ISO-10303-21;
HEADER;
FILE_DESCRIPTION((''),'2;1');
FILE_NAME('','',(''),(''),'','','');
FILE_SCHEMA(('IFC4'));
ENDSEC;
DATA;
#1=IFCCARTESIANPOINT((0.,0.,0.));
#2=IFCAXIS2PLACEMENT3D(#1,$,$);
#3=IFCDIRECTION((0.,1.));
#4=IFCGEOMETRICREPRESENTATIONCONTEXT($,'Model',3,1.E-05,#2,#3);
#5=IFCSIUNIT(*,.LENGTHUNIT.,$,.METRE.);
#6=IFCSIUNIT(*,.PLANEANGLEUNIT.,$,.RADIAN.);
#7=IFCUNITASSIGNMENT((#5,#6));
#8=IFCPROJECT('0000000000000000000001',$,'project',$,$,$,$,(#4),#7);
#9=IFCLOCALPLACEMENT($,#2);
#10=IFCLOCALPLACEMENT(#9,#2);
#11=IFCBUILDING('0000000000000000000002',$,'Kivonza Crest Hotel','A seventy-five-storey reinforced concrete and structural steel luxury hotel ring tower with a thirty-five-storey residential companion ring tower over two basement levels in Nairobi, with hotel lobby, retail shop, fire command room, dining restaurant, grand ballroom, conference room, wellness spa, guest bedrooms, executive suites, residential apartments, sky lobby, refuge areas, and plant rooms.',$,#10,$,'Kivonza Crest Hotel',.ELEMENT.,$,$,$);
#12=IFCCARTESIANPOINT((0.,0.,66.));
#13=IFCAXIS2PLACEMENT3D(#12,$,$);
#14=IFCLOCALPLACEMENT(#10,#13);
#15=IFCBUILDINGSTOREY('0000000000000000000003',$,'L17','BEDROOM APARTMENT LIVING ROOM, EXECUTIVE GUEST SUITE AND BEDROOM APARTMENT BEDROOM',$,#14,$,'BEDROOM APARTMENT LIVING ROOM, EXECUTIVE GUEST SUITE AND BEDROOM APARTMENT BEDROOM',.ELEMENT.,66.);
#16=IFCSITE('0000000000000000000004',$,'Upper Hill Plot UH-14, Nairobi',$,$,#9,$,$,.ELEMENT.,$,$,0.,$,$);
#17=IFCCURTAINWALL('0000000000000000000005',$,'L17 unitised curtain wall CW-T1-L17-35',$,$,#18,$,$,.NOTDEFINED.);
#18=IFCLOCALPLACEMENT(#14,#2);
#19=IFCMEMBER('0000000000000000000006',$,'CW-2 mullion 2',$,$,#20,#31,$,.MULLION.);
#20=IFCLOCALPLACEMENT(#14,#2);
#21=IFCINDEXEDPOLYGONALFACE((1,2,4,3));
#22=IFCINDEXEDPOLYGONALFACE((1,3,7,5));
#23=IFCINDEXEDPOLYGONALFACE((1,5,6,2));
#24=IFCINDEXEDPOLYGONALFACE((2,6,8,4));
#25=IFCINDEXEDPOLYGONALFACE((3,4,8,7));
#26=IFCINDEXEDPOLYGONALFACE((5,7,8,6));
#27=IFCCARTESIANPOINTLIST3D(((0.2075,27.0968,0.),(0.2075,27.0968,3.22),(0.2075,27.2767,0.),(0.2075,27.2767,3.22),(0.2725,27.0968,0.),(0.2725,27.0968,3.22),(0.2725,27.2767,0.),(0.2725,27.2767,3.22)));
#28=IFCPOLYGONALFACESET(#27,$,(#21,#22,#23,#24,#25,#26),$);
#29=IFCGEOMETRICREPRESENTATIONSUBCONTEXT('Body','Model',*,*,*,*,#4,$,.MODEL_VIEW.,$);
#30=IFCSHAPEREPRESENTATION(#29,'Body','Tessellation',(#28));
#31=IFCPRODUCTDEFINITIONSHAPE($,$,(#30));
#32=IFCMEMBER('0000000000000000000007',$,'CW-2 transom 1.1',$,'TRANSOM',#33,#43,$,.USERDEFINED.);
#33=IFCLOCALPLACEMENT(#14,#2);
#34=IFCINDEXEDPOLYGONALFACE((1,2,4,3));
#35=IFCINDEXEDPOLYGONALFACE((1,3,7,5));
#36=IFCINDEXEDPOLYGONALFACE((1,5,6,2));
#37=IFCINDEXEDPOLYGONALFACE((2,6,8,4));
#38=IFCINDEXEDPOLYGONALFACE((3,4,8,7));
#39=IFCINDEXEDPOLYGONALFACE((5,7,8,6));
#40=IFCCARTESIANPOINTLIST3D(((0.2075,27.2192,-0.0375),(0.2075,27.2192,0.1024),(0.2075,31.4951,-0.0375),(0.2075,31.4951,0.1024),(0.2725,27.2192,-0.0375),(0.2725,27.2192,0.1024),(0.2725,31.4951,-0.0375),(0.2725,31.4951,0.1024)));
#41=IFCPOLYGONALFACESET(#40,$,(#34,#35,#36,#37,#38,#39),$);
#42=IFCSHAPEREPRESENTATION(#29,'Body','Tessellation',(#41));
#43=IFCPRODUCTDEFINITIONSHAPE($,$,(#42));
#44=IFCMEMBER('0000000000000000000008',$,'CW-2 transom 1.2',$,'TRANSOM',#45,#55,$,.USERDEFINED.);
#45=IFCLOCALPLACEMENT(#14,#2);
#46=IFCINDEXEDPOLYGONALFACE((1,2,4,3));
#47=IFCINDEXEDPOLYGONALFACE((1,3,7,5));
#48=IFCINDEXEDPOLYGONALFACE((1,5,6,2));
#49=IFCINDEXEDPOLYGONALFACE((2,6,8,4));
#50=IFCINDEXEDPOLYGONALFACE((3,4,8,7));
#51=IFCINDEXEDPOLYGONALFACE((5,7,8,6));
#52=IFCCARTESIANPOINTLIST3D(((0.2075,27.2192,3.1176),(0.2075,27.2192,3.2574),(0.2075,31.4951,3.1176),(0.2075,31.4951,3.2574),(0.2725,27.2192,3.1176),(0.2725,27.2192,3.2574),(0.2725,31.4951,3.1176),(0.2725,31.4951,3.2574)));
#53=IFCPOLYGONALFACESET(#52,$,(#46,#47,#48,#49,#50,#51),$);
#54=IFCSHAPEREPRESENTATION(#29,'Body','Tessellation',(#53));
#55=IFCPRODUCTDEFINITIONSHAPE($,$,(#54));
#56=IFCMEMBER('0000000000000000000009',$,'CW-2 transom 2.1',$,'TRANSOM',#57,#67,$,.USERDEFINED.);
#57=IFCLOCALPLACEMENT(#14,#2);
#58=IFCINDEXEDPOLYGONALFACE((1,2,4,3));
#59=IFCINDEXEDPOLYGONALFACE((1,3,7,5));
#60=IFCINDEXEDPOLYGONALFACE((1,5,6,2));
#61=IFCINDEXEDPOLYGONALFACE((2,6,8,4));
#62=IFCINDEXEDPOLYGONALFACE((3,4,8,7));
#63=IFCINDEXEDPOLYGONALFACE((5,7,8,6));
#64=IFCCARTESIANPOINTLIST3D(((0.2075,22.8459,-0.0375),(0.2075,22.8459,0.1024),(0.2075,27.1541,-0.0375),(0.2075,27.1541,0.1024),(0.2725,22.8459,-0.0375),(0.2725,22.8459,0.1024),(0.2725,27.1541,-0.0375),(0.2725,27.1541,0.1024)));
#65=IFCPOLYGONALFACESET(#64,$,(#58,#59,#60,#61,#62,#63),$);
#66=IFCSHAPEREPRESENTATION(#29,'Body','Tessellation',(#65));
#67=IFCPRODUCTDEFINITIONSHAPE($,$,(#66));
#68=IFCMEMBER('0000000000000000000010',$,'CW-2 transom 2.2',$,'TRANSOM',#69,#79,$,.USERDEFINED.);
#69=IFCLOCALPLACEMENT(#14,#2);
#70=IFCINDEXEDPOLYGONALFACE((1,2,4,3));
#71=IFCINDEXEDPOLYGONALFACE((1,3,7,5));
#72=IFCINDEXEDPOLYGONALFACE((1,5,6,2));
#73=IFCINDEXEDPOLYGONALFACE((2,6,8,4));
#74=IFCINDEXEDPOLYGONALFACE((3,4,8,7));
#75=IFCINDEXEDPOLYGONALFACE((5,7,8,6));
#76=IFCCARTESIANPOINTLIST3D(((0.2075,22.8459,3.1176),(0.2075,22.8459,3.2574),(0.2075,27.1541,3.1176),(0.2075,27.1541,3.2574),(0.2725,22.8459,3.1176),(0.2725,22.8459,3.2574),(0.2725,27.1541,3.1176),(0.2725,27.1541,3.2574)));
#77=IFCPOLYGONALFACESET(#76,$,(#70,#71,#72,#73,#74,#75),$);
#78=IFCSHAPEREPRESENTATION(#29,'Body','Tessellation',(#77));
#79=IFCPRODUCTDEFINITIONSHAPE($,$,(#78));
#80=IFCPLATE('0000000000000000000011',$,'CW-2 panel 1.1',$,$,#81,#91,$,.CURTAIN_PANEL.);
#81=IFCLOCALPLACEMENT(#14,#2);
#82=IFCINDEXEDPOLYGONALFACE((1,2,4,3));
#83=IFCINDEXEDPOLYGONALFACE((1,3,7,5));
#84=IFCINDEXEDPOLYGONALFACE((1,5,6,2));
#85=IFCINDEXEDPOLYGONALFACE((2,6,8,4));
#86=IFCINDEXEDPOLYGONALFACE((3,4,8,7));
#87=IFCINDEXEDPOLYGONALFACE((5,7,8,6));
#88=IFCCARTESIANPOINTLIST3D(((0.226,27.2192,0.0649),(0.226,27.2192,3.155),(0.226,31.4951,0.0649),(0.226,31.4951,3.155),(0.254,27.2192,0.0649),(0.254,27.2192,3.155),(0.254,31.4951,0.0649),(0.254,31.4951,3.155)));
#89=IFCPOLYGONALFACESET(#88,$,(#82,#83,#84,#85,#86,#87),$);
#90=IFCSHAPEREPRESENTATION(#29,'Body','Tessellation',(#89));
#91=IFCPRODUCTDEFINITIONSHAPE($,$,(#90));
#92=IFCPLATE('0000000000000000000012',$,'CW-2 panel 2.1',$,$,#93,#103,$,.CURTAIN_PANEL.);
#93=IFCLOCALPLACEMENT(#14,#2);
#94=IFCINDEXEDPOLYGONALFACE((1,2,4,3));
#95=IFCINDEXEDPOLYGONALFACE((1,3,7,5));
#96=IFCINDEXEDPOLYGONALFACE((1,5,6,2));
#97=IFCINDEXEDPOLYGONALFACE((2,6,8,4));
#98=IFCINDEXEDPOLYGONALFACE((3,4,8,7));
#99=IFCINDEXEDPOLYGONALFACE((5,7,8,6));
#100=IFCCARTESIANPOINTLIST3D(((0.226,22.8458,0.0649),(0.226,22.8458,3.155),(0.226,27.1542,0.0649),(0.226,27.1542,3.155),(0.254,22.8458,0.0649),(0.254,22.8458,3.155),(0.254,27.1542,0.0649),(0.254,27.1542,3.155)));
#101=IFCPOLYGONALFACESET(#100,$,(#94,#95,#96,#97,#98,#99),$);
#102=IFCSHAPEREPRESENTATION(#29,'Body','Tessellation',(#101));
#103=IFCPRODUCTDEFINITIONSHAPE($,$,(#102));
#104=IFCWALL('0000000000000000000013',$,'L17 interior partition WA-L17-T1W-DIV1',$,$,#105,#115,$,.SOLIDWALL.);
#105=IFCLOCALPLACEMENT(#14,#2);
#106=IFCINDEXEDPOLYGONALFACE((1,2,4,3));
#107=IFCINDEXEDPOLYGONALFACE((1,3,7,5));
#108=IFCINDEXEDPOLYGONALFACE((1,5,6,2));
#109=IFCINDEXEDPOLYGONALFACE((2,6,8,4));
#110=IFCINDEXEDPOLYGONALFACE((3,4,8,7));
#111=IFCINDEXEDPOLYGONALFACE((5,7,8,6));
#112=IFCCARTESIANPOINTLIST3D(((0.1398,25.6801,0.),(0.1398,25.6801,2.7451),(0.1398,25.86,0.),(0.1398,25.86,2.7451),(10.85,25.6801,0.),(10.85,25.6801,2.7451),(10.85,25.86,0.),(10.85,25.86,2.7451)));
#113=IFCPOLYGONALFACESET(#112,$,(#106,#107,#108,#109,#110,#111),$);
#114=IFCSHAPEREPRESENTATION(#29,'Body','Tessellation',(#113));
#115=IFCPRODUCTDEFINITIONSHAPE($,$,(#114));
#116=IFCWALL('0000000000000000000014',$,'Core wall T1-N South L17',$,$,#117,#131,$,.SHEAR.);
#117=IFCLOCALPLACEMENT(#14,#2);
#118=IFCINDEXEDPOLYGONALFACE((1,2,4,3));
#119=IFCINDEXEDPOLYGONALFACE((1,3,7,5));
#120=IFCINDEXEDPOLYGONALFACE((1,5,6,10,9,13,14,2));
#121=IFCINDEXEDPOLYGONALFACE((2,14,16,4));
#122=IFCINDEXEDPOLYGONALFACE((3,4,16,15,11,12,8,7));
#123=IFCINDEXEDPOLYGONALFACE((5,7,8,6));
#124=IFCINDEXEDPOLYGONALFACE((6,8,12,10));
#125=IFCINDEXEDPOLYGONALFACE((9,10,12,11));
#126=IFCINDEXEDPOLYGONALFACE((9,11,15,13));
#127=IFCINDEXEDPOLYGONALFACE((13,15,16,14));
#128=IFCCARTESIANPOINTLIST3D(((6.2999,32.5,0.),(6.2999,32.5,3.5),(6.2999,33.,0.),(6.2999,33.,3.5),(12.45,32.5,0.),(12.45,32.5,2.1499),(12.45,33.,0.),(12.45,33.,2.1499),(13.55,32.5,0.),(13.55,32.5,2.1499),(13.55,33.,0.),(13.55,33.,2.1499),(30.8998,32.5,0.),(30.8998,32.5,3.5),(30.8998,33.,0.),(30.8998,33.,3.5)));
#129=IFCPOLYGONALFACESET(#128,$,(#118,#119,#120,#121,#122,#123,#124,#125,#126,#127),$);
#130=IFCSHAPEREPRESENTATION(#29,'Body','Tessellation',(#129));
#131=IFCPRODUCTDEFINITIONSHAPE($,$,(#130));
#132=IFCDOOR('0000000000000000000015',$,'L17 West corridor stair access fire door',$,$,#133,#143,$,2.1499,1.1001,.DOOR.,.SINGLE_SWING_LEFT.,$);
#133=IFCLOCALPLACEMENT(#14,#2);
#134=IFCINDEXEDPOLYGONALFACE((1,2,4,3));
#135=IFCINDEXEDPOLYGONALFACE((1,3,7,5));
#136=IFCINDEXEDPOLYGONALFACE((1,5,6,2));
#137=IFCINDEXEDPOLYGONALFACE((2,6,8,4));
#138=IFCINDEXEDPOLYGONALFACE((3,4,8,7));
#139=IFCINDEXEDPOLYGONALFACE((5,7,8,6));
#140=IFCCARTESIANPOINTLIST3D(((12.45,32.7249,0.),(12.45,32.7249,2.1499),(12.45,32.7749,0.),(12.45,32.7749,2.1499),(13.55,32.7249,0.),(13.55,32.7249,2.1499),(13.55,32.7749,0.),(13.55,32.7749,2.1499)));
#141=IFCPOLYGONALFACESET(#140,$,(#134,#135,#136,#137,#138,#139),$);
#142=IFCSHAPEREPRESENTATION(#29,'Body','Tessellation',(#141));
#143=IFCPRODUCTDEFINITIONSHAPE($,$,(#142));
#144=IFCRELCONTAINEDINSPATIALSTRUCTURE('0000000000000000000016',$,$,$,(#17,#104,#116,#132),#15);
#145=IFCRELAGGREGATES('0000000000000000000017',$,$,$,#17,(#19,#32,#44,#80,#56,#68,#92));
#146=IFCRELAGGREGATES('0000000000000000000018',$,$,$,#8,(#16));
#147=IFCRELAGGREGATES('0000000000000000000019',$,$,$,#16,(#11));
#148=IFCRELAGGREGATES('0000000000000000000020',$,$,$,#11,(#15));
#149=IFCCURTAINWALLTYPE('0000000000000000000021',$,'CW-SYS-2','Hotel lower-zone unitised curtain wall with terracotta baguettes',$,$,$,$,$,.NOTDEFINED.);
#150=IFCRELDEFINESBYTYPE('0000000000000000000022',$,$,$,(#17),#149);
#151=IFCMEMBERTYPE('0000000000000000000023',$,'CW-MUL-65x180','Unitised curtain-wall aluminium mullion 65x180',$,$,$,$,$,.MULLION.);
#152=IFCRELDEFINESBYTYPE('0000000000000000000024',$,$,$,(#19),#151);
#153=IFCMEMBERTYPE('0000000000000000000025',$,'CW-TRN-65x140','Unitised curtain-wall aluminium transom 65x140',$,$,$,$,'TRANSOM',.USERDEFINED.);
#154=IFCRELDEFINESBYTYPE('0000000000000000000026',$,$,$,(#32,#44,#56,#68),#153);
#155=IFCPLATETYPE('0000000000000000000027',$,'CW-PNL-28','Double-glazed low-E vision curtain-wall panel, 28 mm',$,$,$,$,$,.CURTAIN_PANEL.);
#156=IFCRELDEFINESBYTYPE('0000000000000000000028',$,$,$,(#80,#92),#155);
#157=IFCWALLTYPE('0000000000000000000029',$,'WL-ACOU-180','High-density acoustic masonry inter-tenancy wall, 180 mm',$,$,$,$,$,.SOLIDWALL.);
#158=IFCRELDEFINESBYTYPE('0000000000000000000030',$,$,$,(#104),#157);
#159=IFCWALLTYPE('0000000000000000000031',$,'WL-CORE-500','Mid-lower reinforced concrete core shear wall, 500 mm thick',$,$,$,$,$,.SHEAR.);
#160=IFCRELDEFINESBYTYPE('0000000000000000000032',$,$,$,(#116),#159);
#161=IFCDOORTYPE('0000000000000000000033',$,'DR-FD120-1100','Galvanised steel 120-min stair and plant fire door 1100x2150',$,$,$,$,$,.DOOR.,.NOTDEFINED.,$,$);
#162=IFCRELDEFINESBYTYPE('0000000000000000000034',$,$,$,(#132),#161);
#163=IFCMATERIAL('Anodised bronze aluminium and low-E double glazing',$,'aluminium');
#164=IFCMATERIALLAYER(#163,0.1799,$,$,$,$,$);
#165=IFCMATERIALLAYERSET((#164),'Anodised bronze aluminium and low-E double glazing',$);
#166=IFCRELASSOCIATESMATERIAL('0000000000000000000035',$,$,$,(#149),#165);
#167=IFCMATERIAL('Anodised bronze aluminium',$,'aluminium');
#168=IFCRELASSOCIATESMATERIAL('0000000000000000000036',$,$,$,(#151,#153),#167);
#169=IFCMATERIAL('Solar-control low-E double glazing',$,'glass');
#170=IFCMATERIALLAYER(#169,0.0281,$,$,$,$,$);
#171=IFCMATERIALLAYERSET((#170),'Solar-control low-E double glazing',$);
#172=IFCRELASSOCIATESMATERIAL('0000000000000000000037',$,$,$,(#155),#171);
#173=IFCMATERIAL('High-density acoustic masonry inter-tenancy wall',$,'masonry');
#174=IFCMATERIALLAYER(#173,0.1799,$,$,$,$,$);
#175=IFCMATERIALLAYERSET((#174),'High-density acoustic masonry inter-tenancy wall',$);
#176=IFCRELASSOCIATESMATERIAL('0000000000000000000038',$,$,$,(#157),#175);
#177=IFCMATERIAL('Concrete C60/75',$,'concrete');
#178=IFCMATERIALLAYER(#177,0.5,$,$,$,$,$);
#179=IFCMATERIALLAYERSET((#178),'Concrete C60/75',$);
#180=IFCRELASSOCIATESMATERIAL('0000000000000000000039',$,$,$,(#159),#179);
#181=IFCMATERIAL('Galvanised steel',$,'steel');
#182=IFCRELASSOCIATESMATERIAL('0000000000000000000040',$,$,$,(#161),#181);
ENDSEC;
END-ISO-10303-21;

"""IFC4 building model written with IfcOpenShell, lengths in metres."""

from ifc_helpers import new_model, si_unit, direction, frame, frame_2d, origin, origin_2d, place, context, subcontext, project, spatial, rectangle, extrude, material, layer, layer_set, material_profile, profile_set, type_object, element, fill, aggregate, save


model = new_model("IFC4")

# Units and contexts
model_context = context("Model", 3, precision=1e-05, world=origin(), true_north=direction((0.0, 1.0)))
body_context = subcontext(model_context, "Body", "Model", "MODEL_VIEW")
ifc_project = project(units=[si_unit("LENGTHUNIT", "METRE"), si_unit("PLANEANGLEUNIT", "RADIAN")], contexts=[model_context])

# Site, building, storey
site_placement = place(None, origin())
site = spatial("IfcSite", under=ifc_project, at=site_placement, Name="Upper Hill Plot UH-14, Nairobi", CompositionType="ELEMENT", RefElevation=0.0)
building_placement = place(site_placement, origin())
building = spatial("IfcBuilding", under=site, at=building_placement, Name="Kivonza Crest Hotel", Description="A seventy-five-storey reinforced concrete and structural steel luxury hotel ring tower with a thirty-five-storey residential companion ring tower over two basement levels in Nairobi, with hotel lobby, retail shop, fire command room, dining restaurant, grand ballroom, conference room, wellness spa, guest bedrooms, executive suites, residential apartments, sky lobby, refuge areas, and plant rooms.", LongName="Kivonza Crest Hotel", CompositionType="ELEMENT")
storey_placement = place(building_placement, frame((0.0, 0.0, 66.0)))
storey = spatial("IfcBuildingStorey", under=building, at=storey_placement, Name="L17", Description="BEDROOM APARTMENT LIVING ROOM, EXECUTIVE GUEST SUITE AND BEDROOM APARTMENT BEDROOM", LongName="BEDROOM APARTMENT LIVING ROOM, EXECUTIVE GUEST SUITE AND BEDROOM APARTMENT BEDROOM", CompositionType="ELEMENT", Elevation=66.0)

# Shared definitions
ifc_material_1 = material(Name="Concrete C60/75", Category="concrete")

# Curtain wall, members, plates
ifc_material_2 = material(Name="Anodised bronze aluminium and low-E double glazing", Category="aluminium")
ifc_layer_1 = layer(ifc_material_2, 0.1799)
ifc_layer_set_1 = layer_set([ifc_layer_1], Name="Anodised bronze aluminium and low-E double glazing")
curtain_wall_type = type_object("IfcCurtainWallType", Name="CW-SYS-2", Description="Hotel lower-zone unitised curtain wall with terracotta baguettes", PredefinedType="NOTDEFINED", material=ifc_layer_set_1)
curtain_wall_placement = place(storey_placement, origin())
curtain_wall = element("IfcCurtainWall", 1, at=curtain_wall_placement, inside=storey, type_object=curtain_wall_type, Name="L17 unitised curtain wall CW-T1-L17-35", PredefinedType="NOTDEFINED")
ifc_material_3 = material(Name="Anodised bronze aluminium", Category="aluminium")
ifc_material_profile_1 = material_profile(ifc_material_3, rectangle(XDim=0.0649, YDim=0.1799, at=origin_2d()), Name="CW-M 65x180")
ifc_profile_set_1 = profile_set([ifc_material_profile_1], Name="Anodised bronze aluminium")
member_type_1 = type_object("IfcMemberType", Name="CW-MUL-65x180", Description="Unitised curtain-wall aluminium mullion 65x180", PredefinedType="MULLION", material=ifc_profile_set_1)
member_1_placement = place(storey_placement, frame((0.24, 27.1868, 0.0), z_axis=(0.0, 0.0, 1.0), x_axis=(1.0, 0.0, 0.0)))
member_1 = element("IfcMember", 2, at=member_1_placement, type_object=member_type_1, Name="CW-2 mullion 2", PredefinedType="MULLION", context=body_context, shape_type="SweptSolid", body=[
    extrude(rectangle(XDim=0.0649, YDim=0.1799, at=origin_2d()), origin(), (0.0, 0.0, 1.0), 3.22),
])
ifc_material_profile_2 = material_profile(ifc_material_3, rectangle(XDim=0.0649, YDim=0.1399, at=origin_2d()), Name="CW-T 65x140")
ifc_profile_set_2 = profile_set([ifc_material_profile_2], Name="Anodised bronze aluminium")
member_type_2 = type_object("IfcMemberType", Name="CW-TRN-65x140", Description="Unitised curtain-wall aluminium transom 65x140", ElementType="TRANSOM", PredefinedType="USERDEFINED", material=ifc_profile_set_2)
member_2_placement = place(storey_placement, frame((0.24, 31.4951, 0.0325), z_axis=(0.0, -1.0, 0.0), x_axis=(1.0, 0.0, 0.0)))
member_2 = element("IfcMember", 3, at=member_2_placement, type_object=member_type_2, Name="CW-2 transom 1.1", ObjectType="TRANSOM", PredefinedType="USERDEFINED", context=body_context, shape_type="SweptSolid", body=[
    extrude(rectangle(XDim=0.0649, YDim=0.1399, at=origin_2d()), origin(), (0.0, 0.0, 1.0), 4.2759),
])
member_3_placement = place(storey_placement, frame((0.24, 31.4951, 3.1875), z_axis=(0.0, -1.0, 0.0), x_axis=(1.0, 0.0, 0.0)))
member_3 = element("IfcMember", 4, at=member_3_placement, type_object=member_type_2, Name="CW-2 transom 1.2", ObjectType="TRANSOM", PredefinedType="USERDEFINED", context=body_context, shape_type="SweptSolid", body=[
    extrude(rectangle(XDim=0.0649, YDim=0.1399, at=origin_2d()), origin(), (0.0, 0.0, 1.0), 4.2759),
])
member_4_placement = place(storey_placement, frame((0.24, 27.1541, 0.0325), z_axis=(0.0, -1.0, 0.0), x_axis=(1.0, 0.0, 0.0)))
member_4 = element("IfcMember", 5, at=member_4_placement, type_object=member_type_2, Name="CW-2 transom 2.1", ObjectType="TRANSOM", PredefinedType="USERDEFINED", context=body_context, shape_type="SweptSolid", body=[
    extrude(rectangle(XDim=0.0649, YDim=0.1399, at=origin_2d()), origin(), (0.0, 0.0, 1.0), 4.3081),
])
member_5_placement = place(storey_placement, frame((0.24, 27.1541, 3.1875), z_axis=(0.0, -1.0, 0.0), x_axis=(1.0, 0.0, 0.0)))
member_5 = element("IfcMember", 6, at=member_5_placement, type_object=member_type_2, Name="CW-2 transom 2.2", ObjectType="TRANSOM", PredefinedType="USERDEFINED", context=body_context, shape_type="SweptSolid", body=[
    extrude(rectangle(XDim=0.0649, YDim=0.1399, at=origin_2d()), origin(), (0.0, 0.0, 1.0), 4.3081),
])
ifc_material_4 = material(Name="Solar-control low-E double glazing", Category="glass")
ifc_layer_2 = layer(ifc_material_4, 0.0281)
ifc_layer_set_2 = layer_set([ifc_layer_2], Name="Solar-control low-E double glazing")
plate_type = type_object("IfcPlateType", Name="CW-PNL-28", Description="Double-glazed low-E vision curtain-wall panel, 28 mm", PredefinedType="CURTAIN_PANEL", material=ifc_layer_set_2)
plate_1_placement = place(storey_placement, frame((0.24, 29.3572, 0.0649), z_axis=(0.0, 0.0, 1.0), x_axis=(0.0, -1.0, 0.0)))
plate_1 = element("IfcPlate", 7, at=plate_1_placement, type_object=plate_type, Name="CW-2 panel 1.1", PredefinedType="CURTAIN_PANEL", context=body_context, shape_type="SweptSolid", body=[
    extrude(rectangle(XDim=4.2759, YDim=0.0281, at=origin_2d()), origin(), (0.0, 0.0, 1.0), 3.0901),
])
plate_2_placement = place(storey_placement, frame((0.24, 25.0, 0.0649), z_axis=(0.0, 0.0, 1.0), x_axis=(0.0, -1.0, 0.0)))
plate_2 = element("IfcPlate", 8, at=plate_2_placement, type_object=plate_type, Name="CW-2 panel 2.1", PredefinedType="CURTAIN_PANEL", context=body_context, shape_type="SweptSolid", body=[
    extrude(rectangle(XDim=4.3083, YDim=0.0281, at=origin_2d()), origin(), (0.0, 0.0, 1.0), 3.0901),
])
aggregate(curtain_wall, [member_1, member_2, member_3, plate_1, member_4, member_5, plate_2])

# Wall
ifc_material_5 = material(Name="High-density acoustic masonry inter-tenancy wall", Category="masonry")
ifc_layer_3 = layer(ifc_material_5, 0.1799)
ifc_layer_set_3 = layer_set([ifc_layer_3], Name="High-density acoustic masonry inter-tenancy wall")
wall_type_1 = type_object("IfcWallType", Name="WL-ACOU-180", Description="High-density acoustic masonry inter-tenancy wall, 180 mm", PredefinedType="SOLIDWALL", material=ifc_layer_set_3)
wall_1_placement = place(storey_placement, frame((0.1399, 25.77, 0.0), z_axis=(0.0, 0.0, 1.0), x_axis=(1.0, 0.0, 0.0)))
element("IfcWall", 9, at=wall_1_placement, inside=storey, type_object=wall_type_1, Name="L17 interior partition WA-L17-T1W-DIV1", PredefinedType="SOLIDWALL", context=body_context, shape_type="SweptSolid", body=[
    extrude(rectangle(XDim=10.7102, YDim=0.1799, at=frame_2d((5.355, 0.0))), origin(), (0.0, 0.0, 1.0), 2.7451),
])

# Wall, opening, door
ifc_layer_4 = layer(ifc_material_1, 0.5)
ifc_layer_set_4 = layer_set([ifc_layer_4], Name="Concrete C60/75")
wall_type_2 = type_object("IfcWallType", Name="WL-CORE-500", Description="Mid-lower reinforced concrete core shear wall, 500 mm thick", PredefinedType="SHEAR", material=ifc_layer_set_4)
wall_2_placement = place(storey_placement, frame((6.3, 32.75, 0.0), z_axis=(0.0, 0.0, 1.0), x_axis=(1.0, 0.0, 0.0)))
wall_2 = element("IfcWall", 10, at=wall_2_placement, inside=storey, type_object=wall_type_2, Name="Core wall T1-N South L17", PredefinedType="SHEAR", context=body_context, shape_type="SweptSolid", body=[
    extrude(rectangle(XDim=24.5999, YDim=0.5, at=frame_2d((12.2998, 0.0))), origin(), (0.0, 0.0, 1.0), 3.5),
])
opening_placement = place(wall_2_placement, frame((6.1499, 0.0, 0.0)))
opening = element("IfcOpeningElement", 11, at=opening_placement, cuts=wall_2, PredefinedType="OPENING", context=body_context, shape_type="SweptSolid", body=[
    extrude(rectangle(XDim=1.1001, YDim=2.1499, at=frame_2d((0.55, 1.075))), frame((0.0, 0.26, 0.0), z_axis=(0.0, -1.0, 0.0), x_axis=(1.0, 0.0, 0.0)), (0.0, 0.0, 1.0), 0.52),
])
ifc_material_6 = material(Name="Galvanised steel", Category="steel")
door_type = type_object("IfcDoorType", Name="DR-FD120-1100", Description="Galvanised steel 120-min stair and plant fire door 1100x2150", OperationType="NOTDEFINED", PredefinedType="DOOR", material=ifc_material_6)
door_placement = place(opening_placement, origin())
door = element("IfcDoor", 12, at=door_placement, inside=storey, type_object=door_type, Name="L17 West corridor stair access fire door", OperationType="SINGLE_SWING_LEFT", OverallHeight=2.1499, OverallWidth=1.1001, PredefinedType="DOOR", context=body_context, shape_type="SweptSolid", body=[
    extrude(rectangle(XDim=1.1001, YDim=2.1499, at=frame_2d((0.55, 1.075))), frame((0.0, 0.0249, 0.0), z_axis=(0.0, -1.0, 0.0), x_axis=(1.0, 0.0, 0.0)), (0.0, 0.0, 1.0), 0.05),
])
fill(opening, door)

save(model, "model.ifc")
